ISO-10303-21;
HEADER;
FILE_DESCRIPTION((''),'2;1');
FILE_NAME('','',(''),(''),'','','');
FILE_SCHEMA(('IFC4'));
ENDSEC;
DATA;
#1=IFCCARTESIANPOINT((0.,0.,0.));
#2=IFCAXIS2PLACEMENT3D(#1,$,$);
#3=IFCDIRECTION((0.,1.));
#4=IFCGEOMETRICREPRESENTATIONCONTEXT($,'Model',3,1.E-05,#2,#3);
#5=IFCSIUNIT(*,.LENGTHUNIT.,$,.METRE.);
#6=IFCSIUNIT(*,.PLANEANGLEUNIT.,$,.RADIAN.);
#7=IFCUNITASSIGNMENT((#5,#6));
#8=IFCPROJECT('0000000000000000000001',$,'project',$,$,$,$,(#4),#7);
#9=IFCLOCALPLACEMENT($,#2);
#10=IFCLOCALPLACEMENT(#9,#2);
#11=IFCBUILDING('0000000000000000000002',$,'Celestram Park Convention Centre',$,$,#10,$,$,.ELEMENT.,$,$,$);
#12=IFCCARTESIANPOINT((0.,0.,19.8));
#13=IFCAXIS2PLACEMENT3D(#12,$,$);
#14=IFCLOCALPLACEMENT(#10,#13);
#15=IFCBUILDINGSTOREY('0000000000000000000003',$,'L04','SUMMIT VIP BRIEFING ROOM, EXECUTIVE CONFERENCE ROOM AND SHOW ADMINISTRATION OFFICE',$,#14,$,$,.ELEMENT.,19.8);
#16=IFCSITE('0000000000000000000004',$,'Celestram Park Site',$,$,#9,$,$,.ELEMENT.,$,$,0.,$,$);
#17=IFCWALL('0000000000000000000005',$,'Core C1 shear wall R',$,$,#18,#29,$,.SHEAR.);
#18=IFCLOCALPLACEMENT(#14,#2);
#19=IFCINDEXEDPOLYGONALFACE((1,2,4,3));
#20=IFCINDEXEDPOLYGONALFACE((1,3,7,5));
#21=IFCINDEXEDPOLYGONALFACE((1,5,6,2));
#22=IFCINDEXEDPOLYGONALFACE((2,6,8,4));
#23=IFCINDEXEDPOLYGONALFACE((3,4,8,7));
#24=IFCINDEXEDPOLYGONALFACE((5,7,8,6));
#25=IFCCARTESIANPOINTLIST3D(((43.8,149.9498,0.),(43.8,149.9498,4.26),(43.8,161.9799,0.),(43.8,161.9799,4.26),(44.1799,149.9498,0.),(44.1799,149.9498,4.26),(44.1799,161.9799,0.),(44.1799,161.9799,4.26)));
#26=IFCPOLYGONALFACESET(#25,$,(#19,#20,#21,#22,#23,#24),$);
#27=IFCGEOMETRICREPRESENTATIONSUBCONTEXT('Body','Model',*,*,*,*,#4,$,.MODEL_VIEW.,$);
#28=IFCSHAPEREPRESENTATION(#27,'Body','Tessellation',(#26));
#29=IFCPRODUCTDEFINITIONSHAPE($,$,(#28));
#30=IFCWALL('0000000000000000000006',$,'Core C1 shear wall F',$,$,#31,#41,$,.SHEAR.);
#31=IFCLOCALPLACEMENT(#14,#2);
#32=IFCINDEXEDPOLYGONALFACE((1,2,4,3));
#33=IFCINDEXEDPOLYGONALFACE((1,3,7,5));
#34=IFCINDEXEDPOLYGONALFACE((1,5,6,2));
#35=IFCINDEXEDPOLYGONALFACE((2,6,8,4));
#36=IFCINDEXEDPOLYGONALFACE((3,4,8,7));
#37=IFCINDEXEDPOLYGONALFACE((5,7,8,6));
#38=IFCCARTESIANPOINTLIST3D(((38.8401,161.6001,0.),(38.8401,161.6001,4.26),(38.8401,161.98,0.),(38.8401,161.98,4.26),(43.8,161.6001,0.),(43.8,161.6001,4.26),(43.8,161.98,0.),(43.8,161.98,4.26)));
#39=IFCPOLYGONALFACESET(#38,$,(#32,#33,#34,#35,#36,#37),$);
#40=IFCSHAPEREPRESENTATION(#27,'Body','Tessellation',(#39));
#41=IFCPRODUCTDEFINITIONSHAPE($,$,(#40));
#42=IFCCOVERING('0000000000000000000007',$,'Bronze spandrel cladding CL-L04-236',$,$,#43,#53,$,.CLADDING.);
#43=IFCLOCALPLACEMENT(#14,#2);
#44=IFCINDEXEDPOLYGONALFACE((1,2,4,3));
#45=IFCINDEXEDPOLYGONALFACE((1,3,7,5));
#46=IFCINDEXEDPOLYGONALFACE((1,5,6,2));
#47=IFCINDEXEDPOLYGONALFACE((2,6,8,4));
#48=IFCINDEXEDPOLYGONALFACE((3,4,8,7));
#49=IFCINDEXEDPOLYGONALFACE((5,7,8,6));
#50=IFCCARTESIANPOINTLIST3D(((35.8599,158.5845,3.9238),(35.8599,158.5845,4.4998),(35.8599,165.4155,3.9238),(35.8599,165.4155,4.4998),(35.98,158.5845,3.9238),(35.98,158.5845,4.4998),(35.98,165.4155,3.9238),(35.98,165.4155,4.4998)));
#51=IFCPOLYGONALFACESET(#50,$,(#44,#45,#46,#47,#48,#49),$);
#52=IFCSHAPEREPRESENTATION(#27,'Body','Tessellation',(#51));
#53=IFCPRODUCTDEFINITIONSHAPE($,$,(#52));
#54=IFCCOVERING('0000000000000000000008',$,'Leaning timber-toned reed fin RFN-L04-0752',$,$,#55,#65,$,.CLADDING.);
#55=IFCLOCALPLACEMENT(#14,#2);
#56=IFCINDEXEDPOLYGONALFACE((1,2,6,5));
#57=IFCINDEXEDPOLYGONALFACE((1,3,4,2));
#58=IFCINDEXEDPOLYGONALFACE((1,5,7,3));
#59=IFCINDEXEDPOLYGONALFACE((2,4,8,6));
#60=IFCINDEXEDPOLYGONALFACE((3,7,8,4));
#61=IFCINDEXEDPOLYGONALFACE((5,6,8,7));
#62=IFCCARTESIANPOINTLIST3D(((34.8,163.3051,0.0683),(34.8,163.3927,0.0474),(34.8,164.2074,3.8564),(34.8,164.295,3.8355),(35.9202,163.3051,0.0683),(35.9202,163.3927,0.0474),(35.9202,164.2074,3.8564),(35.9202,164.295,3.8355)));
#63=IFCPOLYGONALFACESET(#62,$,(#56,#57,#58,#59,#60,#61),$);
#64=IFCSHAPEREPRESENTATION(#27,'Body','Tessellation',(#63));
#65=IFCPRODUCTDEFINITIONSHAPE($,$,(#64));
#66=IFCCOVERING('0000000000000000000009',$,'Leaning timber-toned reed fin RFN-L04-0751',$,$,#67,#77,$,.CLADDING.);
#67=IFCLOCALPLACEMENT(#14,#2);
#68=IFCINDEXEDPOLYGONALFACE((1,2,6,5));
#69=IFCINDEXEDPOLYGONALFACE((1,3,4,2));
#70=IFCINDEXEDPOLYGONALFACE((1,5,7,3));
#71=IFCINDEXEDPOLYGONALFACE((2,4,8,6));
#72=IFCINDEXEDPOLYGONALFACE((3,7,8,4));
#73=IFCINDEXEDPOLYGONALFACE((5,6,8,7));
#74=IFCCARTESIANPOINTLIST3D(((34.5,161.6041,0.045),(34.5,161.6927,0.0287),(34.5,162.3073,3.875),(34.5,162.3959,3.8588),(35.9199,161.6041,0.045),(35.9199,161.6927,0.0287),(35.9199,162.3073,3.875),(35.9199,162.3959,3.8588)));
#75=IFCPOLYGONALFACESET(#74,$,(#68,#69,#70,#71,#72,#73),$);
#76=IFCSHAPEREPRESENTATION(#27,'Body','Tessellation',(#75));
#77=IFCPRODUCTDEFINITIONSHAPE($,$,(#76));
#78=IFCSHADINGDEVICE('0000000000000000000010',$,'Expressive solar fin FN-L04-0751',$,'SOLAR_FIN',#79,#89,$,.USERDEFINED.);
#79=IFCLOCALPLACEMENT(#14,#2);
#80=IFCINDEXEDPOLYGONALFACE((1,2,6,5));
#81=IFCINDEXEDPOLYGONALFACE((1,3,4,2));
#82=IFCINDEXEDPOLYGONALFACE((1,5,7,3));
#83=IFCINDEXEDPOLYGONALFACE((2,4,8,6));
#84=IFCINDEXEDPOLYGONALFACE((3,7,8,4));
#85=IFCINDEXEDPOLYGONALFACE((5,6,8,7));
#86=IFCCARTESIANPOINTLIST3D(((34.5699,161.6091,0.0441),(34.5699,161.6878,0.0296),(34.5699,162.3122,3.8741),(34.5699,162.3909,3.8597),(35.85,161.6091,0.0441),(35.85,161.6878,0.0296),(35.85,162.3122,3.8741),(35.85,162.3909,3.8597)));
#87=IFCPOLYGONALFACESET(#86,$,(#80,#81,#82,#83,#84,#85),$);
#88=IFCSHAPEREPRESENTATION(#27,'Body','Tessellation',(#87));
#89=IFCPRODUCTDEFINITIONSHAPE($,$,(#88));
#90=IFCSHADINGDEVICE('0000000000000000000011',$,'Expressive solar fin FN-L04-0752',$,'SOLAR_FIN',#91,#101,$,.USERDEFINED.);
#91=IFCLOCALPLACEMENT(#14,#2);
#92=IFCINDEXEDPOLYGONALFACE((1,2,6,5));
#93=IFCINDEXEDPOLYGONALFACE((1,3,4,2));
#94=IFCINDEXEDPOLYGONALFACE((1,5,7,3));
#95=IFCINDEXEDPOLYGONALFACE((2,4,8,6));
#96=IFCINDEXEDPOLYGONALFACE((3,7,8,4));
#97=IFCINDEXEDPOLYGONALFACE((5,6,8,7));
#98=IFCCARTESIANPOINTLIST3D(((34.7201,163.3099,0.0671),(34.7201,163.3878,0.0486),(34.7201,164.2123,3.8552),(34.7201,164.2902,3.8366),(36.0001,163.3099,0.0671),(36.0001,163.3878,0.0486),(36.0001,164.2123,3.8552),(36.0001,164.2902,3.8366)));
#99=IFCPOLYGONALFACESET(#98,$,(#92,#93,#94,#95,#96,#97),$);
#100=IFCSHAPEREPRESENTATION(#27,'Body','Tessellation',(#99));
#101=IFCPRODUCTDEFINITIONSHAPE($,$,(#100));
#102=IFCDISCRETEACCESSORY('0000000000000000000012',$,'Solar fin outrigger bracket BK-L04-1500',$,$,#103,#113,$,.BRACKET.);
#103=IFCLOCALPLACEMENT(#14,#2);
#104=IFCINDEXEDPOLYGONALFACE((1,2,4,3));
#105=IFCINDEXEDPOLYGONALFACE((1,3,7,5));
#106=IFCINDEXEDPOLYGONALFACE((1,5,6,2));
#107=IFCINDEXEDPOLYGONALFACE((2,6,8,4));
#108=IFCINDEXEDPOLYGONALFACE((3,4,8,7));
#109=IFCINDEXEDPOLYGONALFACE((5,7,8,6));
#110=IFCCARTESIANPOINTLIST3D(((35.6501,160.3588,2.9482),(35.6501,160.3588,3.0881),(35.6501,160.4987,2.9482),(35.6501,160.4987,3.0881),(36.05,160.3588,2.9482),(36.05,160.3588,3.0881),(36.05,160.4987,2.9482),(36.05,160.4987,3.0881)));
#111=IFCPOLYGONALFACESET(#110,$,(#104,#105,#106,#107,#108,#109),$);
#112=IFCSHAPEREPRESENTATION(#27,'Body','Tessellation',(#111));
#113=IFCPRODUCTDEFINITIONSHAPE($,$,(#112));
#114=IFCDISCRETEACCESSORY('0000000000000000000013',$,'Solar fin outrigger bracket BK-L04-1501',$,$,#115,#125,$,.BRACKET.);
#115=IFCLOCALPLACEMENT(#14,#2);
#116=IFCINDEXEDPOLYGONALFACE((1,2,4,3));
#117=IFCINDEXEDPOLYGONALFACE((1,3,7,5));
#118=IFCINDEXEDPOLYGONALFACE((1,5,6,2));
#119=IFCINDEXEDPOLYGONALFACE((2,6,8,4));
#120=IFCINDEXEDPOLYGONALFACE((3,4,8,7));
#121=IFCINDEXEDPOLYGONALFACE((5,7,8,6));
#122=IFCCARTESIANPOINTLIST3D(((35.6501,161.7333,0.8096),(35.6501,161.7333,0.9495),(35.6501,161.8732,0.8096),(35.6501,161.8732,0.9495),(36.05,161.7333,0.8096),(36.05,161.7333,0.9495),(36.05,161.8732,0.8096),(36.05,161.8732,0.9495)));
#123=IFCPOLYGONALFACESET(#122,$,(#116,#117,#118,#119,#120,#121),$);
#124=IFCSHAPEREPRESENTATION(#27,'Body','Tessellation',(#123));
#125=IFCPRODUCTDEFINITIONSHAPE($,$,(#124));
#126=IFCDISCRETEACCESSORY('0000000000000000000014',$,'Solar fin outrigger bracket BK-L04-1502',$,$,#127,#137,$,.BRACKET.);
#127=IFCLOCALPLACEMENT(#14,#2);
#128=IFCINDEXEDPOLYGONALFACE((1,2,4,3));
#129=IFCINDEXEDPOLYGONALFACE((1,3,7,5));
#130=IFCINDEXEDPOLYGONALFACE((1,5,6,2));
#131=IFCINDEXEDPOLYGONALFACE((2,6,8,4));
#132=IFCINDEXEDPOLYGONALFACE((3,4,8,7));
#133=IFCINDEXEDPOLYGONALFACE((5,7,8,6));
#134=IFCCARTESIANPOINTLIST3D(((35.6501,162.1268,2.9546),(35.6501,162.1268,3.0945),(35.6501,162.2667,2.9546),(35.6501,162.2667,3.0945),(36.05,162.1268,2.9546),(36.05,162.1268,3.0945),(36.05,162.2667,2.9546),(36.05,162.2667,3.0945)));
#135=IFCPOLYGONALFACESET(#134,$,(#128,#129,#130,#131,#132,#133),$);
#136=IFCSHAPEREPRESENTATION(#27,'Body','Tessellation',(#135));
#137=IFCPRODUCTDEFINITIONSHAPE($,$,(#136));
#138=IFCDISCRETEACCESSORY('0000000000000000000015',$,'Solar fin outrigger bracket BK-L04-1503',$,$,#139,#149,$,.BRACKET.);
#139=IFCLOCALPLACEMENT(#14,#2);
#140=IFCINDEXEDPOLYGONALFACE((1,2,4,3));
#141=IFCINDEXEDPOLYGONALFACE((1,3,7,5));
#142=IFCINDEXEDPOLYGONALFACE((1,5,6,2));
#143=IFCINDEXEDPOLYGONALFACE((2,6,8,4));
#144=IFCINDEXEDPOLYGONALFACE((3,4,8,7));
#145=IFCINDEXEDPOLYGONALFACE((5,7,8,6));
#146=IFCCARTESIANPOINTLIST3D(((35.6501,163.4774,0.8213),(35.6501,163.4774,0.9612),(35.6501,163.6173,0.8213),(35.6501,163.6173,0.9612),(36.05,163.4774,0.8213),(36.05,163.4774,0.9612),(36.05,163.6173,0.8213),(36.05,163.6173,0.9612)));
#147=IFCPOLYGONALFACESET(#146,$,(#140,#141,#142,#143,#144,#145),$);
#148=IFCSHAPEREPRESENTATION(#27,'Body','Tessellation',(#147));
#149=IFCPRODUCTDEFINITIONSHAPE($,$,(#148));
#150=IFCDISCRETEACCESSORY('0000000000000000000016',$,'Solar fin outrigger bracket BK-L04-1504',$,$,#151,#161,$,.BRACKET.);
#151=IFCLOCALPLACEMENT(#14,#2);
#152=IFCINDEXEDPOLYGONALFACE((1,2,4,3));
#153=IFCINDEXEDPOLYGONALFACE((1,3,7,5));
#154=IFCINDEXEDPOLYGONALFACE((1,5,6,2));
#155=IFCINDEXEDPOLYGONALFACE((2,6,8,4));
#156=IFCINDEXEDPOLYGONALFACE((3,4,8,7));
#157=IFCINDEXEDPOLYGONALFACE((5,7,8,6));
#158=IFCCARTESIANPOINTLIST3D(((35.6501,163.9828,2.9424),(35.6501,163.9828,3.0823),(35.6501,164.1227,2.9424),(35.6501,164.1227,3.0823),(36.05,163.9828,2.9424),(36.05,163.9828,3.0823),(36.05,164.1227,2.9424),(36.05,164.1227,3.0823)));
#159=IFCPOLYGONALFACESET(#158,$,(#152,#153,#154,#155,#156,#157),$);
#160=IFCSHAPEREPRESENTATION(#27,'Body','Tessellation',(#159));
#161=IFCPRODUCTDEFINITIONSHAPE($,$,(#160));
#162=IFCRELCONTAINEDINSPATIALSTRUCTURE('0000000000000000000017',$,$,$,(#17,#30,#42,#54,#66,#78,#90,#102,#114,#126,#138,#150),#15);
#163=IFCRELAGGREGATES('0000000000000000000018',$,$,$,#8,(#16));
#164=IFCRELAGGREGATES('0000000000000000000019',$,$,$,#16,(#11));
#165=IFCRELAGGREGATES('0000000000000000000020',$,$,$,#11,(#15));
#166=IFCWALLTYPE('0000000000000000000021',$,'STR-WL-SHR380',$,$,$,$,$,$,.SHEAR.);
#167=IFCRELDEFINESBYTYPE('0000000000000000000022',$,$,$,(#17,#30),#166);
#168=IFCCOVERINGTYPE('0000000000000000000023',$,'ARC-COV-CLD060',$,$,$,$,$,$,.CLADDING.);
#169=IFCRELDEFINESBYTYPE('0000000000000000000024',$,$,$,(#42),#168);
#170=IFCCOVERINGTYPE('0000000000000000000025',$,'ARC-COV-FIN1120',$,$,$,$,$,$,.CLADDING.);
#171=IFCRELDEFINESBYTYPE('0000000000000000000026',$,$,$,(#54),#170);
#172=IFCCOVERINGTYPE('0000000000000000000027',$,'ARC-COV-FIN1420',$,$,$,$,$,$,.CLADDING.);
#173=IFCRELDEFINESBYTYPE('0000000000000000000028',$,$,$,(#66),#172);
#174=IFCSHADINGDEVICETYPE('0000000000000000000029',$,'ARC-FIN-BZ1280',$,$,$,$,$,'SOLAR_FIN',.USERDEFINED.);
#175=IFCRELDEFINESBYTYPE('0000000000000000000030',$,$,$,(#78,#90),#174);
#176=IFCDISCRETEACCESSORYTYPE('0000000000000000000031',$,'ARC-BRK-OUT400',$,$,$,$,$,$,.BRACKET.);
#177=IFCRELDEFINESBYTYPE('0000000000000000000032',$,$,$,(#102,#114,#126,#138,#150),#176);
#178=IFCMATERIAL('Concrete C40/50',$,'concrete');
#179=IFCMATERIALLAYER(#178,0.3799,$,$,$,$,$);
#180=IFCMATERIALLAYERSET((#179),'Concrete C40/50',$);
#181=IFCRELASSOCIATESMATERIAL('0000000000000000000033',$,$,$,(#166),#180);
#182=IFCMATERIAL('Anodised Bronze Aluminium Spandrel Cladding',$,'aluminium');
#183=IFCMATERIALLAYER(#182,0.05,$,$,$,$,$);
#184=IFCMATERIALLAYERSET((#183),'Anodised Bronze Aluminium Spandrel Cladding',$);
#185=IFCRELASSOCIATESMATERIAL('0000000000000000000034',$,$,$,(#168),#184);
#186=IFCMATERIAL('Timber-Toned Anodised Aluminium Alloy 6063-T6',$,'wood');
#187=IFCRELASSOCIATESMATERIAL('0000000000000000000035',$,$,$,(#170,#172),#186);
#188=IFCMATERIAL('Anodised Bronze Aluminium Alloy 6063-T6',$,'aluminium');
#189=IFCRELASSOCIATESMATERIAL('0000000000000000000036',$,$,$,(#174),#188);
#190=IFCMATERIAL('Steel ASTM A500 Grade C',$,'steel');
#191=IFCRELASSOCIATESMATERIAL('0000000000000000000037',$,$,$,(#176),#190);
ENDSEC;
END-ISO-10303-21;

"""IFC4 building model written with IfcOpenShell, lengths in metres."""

from ifc_helpers import new_model, si_unit, direction, frame, frame_2d, origin, origin_2d, place, context, subcontext, project, spatial, rectangle, extrude, material, layer, layer_set, material_profile, profile_set, type_object, element, save


model = new_model("IFC4")

# Units and contexts
model_context = context("Model", 3, precision=1e-05, world=origin(), true_north=direction((0.0, 1.0)))
body_context = subcontext(model_context, "Body", "Model", "MODEL_VIEW")
ifc_project = project(units=[si_unit("LENGTHUNIT", "METRE"), si_unit("PLANEANGLEUNIT", "RADIAN")], contexts=[model_context])

# Site, building, storey
site_placement = place(None, origin())
site = spatial("IfcSite", under=ifc_project, at=site_placement, Name="Celestram Park Site", CompositionType="ELEMENT", RefElevation=0.0)
building_placement = place(site_placement, origin())
building = spatial("IfcBuilding", under=site, at=building_placement, Name="Celestram Park Convention Centre", CompositionType="ELEMENT")
storey_placement = place(building_placement, frame((0.0, 0.0, 19.8)))
storey = spatial("IfcBuildingStorey", under=building, at=storey_placement, Name="L04", Description="SUMMIT VIP BRIEFING ROOM, EXECUTIVE CONFERENCE ROOM AND SHOW ADMINISTRATION OFFICE", CompositionType="ELEMENT", Elevation=19.8)

# Walls
ifc_material_1 = material(Name="Concrete C40/50", Category="concrete")
ifc_layer_1 = layer(ifc_material_1, 0.3799)
ifc_layer_set_1 = layer_set([ifc_layer_1], Name="Concrete C40/50")
wall_type_1 = type_object("IfcWallType", Name="STR-WL-SHR380", PredefinedType="SHEAR", material=ifc_layer_set_1)
wall_1_placement = place(storey_placement, frame((43.99, 161.98, 0.0), z_axis=(0.0, 0.0, 1.0), x_axis=(0.0, -1.0, 0.0)))
element("IfcWall", 1, at=wall_1_placement, inside=storey, type_object=wall_type_1, Name="Core C1 shear wall R", PredefinedType="SHEAR", context=body_context, shape_type="SweptSolid", body=[
    extrude(rectangle(XDim=12.03, YDim=0.3799, at=frame_2d((6.0151, 0.0))), origin(), (0.0, 0.0, 1.0), 4.26),
])
wall_2_placement = place(storey_placement, frame((38.8401, 161.79, 0.0), z_axis=(0.0, 0.0, 1.0), x_axis=(1.0, 0.0, 0.0)))
element("IfcWall", 2, at=wall_2_placement, inside=storey, type_object=wall_type_1, Name="Core C1 shear wall F", PredefinedType="SHEAR", context=body_context, shape_type="SweptSolid", body=[
    extrude(rectangle(XDim=4.96, YDim=0.3799, at=frame_2d((2.48, 0.0))), origin(), (0.0, 0.0, 1.0), 4.26),
])

# Coverings
ifc_material_2 = material(Name="Anodised Bronze Aluminium Spandrel Cladding", Category="aluminium")
ifc_layer_2 = layer(ifc_material_2, 0.05)
ifc_layer_set_2 = layer_set([ifc_layer_2], Name="Anodised Bronze Aluminium Spandrel Cladding")
covering_type_1 = type_object("IfcCoveringType", Name="ARC-COV-CLD060", PredefinedType="CLADDING", material=ifc_layer_set_2)
covering_1_placement = place(storey_placement, frame((35.9199, 162.0, 3.9238), z_axis=(0.0, 0.0, 1.0), x_axis=(0.0, 1.0, 0.0)))
element("IfcCovering", 3, at=covering_1_placement, inside=storey, type_object=covering_type_1, Name="Bronze spandrel cladding CL-L04-236", PredefinedType="CLADDING", context=body_context, shape_type="SweptSolid", body=[
    extrude(rectangle(XDim=6.8311, YDim=0.1201, at=origin_2d()), origin(), (0.0, 0.0, 1.0), 0.5759),
])
ifc_material_3 = material(Name="Timber-Toned Anodised Aluminium Alloy 6063-T6", Category="wood")
ifc_material_profile_1 = material_profile(ifc_material_3, rectangle(XDim=1.1201, YDim=0.0901, at=origin_2d()), Name="REED1120X90")
ifc_profile_set_1 = profile_set([ifc_material_profile_1], Name="Timber-Toned Anodised Aluminium Alloy 6063-T6")
covering_type_2 = type_object("IfcCoveringType", Name="ARC-COV-FIN1120", PredefinedType="CLADDING", material=ifc_profile_set_1)
covering_2_placement = place(storey_placement, frame((35.3601, 163.3489, 0.0579), z_axis=(0.0, 0.231722, 0.972782), x_axis=(-1.0, 0.0, 0.0)))
element("IfcCovering", 4, at=covering_2_placement, inside=storey, type_object=covering_type_2, Name="Leaning timber-toned reed fin RFN-L04-0752", PredefinedType="CLADDING", context=body_context, shape_type="SweptSolid", body=[
    extrude(rectangle(XDim=1.1201, YDim=0.0901, at=origin_2d()), origin(), (0.0, 0.0, 1.0), 3.894),
])
ifc_material_profile_2 = material_profile(ifc_material_3, rectangle(XDim=1.4199, YDim=0.0901, at=origin_2d()), Name="REED1420X90")
ifc_profile_set_2 = profile_set([ifc_material_profile_2], Name="Timber-Toned Anodised Aluminium Alloy 6063-T6")
covering_type_3 = type_object("IfcCoveringType", Name="ARC-COV-FIN1420", PredefinedType="CLADDING", material=ifc_profile_set_2)
covering_3_placement = place(storey_placement, frame((35.21, 161.6484, 0.0369), z_axis=(0.0, 0.180562, 0.983564), x_axis=(-1.0, 0.0, 0.0)))
element("IfcCovering", 5, at=covering_3_placement, inside=storey, type_object=covering_type_3, Name="Leaning timber-toned reed fin RFN-L04-0751", PredefinedType="CLADDING", context=body_context, shape_type="SweptSolid", body=[
    extrude(rectangle(XDim=1.4199, YDim=0.0901, at=origin_2d()), origin(), (0.0, 0.0, 1.0), 3.894),
])

# Shading devices
ifc_material_4 = material(Name="Anodised Bronze Aluminium Alloy 6063-T6", Category="aluminium")
ifc_material_profile_3 = material_profile(ifc_material_4, rectangle(XDim=1.28, YDim=0.0801, at=origin_2d()), Name="FIN1280X80")
ifc_profile_set_3 = profile_set([ifc_material_profile_3], Name="Anodised Bronze Aluminium Alloy 6063-T6")
shading_device_type = type_object("IfcShadingDeviceType", Name="ARC-FIN-BZ1280", ElementType="SOLAR_FIN", PredefinedType="USERDEFINED", material=ifc_profile_set_3)
for number, where, z_axis, x_axis, name in (
    (6, (35.21, 161.6484, 0.0369), (0.0, 0.180562, 0.983564), (-1.0, 0.0, 0.0), "Expressive solar fin FN-L04-0751"),
    (7, (35.3601, 163.3489, 0.0579), (0.0, 0.231722, 0.972782), (-1.0, 0.0, 0.0), "Expressive solar fin FN-L04-0752"),
):
    element("IfcShadingDevice", number, at=place(storey_placement, frame(where, z_axis=z_axis, x_axis=x_axis)), inside=storey, type_object=shading_device_type, Name=name, ObjectType="SOLAR_FIN", PredefinedType="USERDEFINED", context=body_context, shape_type="SweptSolid", body=[
        extrude(rectangle(XDim=1.28, YDim=0.0801, at=origin_2d()), origin(), (0.0, 0.0, 1.0), 3.894),
    ])

# Discrete accessories
ifc_material_5 = material(Name="Steel ASTM A500 Grade C", Category="steel")
discrete_accessory_type = type_object("IfcDiscreteAccessoryType", Name="ARC-BRK-OUT400", PredefinedType="BRACKET", material=ifc_material_5)
for number, where, z_axis, x_axis, name in (
    (8, (35.8501, 160.4287, 2.9482), (0.0, 0.0, 1.0), (-1.0, 0.0, 0.0), "Solar fin outrigger bracket BK-L04-1500"),
    (9, (35.8501, 161.8032, 0.8096), (0.0, 0.0, 1.0), (-1.0, 0.0, 0.0), "Solar fin outrigger bracket BK-L04-1501"),
    (10, (35.8501, 162.1968, 2.9546), (0.0, 0.0, 1.0), (-1.0, 0.0, 0.0), "Solar fin outrigger bracket BK-L04-1502"),
    (11, (35.8501, 163.5474, 0.8213), (0.0, 0.0, 1.0), (-1.0, 0.0, 0.0), "Solar fin outrigger bracket BK-L04-1503"),
    (12, (35.8501, 164.0527, 2.9424), (0.0, 0.0, 1.0), (-1.0, 0.0, 0.0), "Solar fin outrigger bracket BK-L04-1504"),
):
    element("IfcDiscreteAccessory", number, at=place(storey_placement, frame(where, z_axis=z_axis, x_axis=x_axis)), inside=storey, type_object=discrete_accessory_type, Name=name, PredefinedType="BRACKET", context=body_context, shape_type="SweptSolid", body=[
        extrude(rectangle(XDim=0.3999, YDim=0.1399, at=origin_2d()), origin(), (0.0, 0.0, 1.0), 0.1399),
    ])

save(model, "model.ifc")
